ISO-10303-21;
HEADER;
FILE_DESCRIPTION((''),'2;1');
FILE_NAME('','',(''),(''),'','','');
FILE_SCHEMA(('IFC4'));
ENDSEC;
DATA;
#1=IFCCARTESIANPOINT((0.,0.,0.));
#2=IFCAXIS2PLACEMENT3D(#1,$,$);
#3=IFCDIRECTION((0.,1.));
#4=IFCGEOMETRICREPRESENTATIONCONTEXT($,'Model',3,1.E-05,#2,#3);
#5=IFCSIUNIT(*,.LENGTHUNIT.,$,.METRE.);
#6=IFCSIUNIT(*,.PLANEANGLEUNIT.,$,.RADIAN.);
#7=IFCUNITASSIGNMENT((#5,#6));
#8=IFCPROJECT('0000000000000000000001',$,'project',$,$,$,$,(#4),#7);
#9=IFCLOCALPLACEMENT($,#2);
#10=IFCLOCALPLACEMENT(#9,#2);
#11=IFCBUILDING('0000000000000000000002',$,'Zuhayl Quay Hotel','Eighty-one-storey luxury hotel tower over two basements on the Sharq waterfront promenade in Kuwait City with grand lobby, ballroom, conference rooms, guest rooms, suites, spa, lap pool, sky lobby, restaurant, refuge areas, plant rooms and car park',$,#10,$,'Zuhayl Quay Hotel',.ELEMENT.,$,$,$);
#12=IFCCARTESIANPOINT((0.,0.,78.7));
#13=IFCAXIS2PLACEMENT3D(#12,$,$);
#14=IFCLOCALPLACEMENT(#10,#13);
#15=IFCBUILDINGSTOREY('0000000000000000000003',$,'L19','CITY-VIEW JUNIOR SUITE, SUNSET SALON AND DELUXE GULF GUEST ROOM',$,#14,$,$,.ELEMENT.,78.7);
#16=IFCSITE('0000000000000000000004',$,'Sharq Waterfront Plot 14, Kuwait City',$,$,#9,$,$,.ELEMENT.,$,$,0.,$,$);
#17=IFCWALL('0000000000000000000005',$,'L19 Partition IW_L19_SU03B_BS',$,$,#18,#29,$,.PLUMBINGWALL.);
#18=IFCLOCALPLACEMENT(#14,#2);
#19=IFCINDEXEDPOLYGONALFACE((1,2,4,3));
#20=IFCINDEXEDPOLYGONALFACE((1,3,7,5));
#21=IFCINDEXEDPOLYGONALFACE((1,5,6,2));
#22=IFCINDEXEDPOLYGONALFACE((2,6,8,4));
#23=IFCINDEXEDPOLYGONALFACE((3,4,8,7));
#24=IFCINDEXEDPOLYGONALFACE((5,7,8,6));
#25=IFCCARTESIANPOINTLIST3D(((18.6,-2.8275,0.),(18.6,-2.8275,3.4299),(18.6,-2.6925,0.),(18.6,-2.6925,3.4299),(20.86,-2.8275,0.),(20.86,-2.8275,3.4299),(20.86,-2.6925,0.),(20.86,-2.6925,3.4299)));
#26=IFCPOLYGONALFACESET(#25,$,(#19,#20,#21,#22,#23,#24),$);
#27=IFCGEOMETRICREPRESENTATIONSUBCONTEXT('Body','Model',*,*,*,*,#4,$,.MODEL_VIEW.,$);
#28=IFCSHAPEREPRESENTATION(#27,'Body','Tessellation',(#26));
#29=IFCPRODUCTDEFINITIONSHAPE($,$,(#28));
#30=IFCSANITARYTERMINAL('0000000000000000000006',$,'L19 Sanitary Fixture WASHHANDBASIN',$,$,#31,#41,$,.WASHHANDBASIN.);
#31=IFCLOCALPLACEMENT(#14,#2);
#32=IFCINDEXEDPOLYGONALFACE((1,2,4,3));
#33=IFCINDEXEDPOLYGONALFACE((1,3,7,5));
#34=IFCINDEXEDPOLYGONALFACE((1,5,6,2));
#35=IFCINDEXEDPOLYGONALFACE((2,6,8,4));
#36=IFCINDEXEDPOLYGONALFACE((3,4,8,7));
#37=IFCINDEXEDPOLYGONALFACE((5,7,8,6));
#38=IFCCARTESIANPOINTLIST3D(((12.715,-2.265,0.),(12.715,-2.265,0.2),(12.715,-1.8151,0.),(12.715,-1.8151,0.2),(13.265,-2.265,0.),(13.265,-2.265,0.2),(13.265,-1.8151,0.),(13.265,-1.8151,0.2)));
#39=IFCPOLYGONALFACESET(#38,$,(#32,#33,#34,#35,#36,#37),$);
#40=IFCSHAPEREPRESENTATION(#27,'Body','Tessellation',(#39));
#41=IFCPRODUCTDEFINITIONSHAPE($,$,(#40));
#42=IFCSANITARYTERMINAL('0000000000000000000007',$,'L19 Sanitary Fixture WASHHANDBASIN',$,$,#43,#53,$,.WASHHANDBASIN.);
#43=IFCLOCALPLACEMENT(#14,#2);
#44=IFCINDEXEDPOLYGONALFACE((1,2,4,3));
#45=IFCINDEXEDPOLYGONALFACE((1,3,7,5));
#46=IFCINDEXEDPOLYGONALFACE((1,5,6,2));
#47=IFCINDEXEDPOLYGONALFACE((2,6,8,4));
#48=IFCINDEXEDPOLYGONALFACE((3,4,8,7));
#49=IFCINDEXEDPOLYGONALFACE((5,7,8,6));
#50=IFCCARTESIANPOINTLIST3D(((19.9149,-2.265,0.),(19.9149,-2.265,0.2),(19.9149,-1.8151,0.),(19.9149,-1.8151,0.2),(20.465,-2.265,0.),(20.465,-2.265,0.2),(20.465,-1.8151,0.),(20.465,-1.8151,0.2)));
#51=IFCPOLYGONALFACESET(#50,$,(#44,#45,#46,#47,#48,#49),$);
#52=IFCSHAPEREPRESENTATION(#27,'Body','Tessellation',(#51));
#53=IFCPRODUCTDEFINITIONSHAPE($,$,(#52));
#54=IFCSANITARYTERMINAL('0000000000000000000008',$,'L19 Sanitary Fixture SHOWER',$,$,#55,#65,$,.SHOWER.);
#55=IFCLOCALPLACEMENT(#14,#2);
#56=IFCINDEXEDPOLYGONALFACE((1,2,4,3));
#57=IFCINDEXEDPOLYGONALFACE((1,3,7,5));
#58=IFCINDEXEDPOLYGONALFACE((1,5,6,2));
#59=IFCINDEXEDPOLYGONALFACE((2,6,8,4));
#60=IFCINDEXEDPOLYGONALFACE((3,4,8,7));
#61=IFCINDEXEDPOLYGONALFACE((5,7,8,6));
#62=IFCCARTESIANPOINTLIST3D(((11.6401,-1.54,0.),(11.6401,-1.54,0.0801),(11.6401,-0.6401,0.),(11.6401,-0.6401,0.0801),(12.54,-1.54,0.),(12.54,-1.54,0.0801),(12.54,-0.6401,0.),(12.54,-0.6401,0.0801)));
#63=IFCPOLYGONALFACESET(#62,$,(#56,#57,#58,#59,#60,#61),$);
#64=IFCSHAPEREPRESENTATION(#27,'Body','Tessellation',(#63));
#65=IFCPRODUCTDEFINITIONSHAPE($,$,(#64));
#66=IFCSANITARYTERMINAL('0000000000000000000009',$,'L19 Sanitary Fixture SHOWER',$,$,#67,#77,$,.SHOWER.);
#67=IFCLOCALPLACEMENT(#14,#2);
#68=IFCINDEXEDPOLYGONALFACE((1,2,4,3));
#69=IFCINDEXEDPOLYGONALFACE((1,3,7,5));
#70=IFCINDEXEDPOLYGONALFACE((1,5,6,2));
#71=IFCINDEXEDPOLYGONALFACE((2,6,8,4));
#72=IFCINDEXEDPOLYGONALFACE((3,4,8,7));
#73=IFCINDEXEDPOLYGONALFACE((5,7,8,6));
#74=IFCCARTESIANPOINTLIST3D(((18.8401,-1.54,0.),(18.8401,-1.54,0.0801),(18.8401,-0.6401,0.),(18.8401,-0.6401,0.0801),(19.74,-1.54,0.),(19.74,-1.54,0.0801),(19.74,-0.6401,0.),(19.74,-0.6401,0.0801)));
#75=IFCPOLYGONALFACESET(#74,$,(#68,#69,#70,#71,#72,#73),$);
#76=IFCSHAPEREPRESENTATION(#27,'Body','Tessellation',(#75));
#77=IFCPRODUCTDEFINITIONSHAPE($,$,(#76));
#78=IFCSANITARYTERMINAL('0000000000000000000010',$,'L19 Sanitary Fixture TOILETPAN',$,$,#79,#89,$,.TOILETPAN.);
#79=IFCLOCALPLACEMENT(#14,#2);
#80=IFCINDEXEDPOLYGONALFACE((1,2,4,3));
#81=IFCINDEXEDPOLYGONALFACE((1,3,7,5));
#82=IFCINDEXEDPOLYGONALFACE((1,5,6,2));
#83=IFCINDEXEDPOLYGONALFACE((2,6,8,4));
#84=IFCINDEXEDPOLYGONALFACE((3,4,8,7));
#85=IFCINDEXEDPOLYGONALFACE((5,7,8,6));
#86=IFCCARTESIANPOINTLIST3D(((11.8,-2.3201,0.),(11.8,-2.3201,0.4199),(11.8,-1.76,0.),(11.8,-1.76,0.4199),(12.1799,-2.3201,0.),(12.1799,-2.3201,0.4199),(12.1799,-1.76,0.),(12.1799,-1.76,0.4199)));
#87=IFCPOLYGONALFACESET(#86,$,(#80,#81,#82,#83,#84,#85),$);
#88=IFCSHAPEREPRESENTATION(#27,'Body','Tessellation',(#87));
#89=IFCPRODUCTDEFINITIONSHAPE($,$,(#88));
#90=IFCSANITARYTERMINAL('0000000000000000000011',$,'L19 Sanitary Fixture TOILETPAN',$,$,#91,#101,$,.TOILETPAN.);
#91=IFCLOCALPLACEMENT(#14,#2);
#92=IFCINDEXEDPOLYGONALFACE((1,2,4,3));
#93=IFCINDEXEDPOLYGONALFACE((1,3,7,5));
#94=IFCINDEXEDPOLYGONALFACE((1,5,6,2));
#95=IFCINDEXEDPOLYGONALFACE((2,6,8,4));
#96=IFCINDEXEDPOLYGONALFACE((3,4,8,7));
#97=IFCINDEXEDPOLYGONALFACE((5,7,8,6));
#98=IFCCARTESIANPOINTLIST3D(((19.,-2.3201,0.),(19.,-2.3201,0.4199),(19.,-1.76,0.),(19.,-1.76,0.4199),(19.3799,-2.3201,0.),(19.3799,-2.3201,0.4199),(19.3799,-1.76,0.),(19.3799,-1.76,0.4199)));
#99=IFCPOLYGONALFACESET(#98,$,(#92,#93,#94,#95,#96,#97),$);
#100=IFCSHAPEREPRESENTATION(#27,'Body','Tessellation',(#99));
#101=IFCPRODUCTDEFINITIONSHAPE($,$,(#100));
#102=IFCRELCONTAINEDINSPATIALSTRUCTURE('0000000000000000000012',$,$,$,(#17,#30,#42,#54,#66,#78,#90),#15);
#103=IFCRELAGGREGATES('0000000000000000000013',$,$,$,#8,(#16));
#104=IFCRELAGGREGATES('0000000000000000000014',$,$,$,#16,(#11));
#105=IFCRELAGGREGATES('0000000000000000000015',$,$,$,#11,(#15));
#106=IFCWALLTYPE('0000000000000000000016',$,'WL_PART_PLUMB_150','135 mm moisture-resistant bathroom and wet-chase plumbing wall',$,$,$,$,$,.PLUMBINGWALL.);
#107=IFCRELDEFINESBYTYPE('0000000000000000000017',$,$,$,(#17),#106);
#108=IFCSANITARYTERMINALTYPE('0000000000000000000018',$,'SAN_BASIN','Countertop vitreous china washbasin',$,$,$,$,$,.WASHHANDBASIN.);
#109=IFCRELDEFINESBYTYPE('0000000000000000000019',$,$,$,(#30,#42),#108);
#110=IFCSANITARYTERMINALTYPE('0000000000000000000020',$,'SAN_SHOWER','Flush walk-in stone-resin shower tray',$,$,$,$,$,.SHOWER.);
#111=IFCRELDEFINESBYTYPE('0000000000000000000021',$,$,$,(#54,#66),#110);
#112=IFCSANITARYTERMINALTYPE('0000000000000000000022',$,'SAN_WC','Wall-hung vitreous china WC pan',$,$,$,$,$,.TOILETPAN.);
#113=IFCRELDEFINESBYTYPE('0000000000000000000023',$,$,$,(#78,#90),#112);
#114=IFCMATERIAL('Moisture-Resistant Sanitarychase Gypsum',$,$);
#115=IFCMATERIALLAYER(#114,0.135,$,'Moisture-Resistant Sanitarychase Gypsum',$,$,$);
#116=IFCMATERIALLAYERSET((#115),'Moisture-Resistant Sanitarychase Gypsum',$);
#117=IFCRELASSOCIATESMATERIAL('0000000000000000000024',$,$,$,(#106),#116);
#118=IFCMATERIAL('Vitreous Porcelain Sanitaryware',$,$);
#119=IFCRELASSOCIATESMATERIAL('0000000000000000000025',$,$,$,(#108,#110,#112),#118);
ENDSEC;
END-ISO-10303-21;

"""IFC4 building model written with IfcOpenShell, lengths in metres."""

from ifc_helpers import new_model, si_unit, direction, frame, frame_2d, origin, origin_2d, place, context, subcontext, project, spatial, rectangle, extrude, material, layer, layer_set, type_object, element, save


model = new_model("IFC4")

# Units and contexts
model_context = context("Model", 3, precision=1e-05, world=origin(), true_north=direction((0.0, 1.0)))
body_context = subcontext(model_context, "Body", "Model", "MODEL_VIEW")
ifc_project = project(units=[si_unit("LENGTHUNIT", "METRE"), si_unit("PLANEANGLEUNIT", "RADIAN")], contexts=[model_context])

# Site, building, storey
site_placement = place(None, origin())
site = spatial("IfcSite", under=ifc_project, at=site_placement, Name="Sharq Waterfront Plot 14, Kuwait City", CompositionType="ELEMENT", RefElevation=0.0)
building_placement = place(site_placement, origin())
building = spatial("IfcBuilding", under=site, at=building_placement, Name="Zuhayl Quay Hotel", Description="Eighty-one-storey luxury hotel tower over two basements on the Sharq waterfront promenade in Kuwait City with grand lobby, ballroom, conference rooms, guest rooms, suites, spa, lap pool, sky lobby, restaurant, refuge areas, plant rooms and car park", LongName="Zuhayl Quay Hotel", CompositionType="ELEMENT")
storey_placement = place(building_placement, frame((0.0, 0.0, 78.7)))
storey = spatial("IfcBuildingStorey", under=building, at=storey_placement, Name="L19", Description="CITY-VIEW JUNIOR SUITE, SUNSET SALON AND DELUXE GULF GUEST ROOM", CompositionType="ELEMENT", Elevation=78.7)

# Shared definitions
ifc_material_1 = material(Name="Moisture-Resistant Sanitarychase Gypsum")
ifc_layer_1 = layer(ifc_material_1, 0.135, Name="Moisture-Resistant Sanitarychase Gypsum")
ifc_layer_set_1 = layer_set([ifc_layer_1], Name="Moisture-Resistant Sanitarychase Gypsum")
wall_type_1 = type_object("IfcWallType", Name="WL_PART_PLUMB_150", Description="135 mm moisture-resistant bathroom and wet-chase plumbing wall", PredefinedType="PLUMBINGWALL", material=ifc_layer_set_1)

# Wall
for number, where, z_axis, x_axis, name in (
    (1, (18.6001, -2.76, 0.0), (0.0, 0.0, 1.0), (1.0, 0.0, 0.0), "L19 Partition IW_L19_SU03B_BS"),
):
    element("IfcWall", number, at=place(storey_placement, frame(where, z_axis=z_axis, x_axis=x_axis)), inside=storey, type_object=wall_type_1, Name=name, PredefinedType="PLUMBINGWALL", context=body_context, shape_type="SweptSolid", body=[
        extrude(rectangle(XDim=2.26, YDim=0.135, at=frame_2d((1.1299, 0.0))), origin(), (0.0, 0.0, 1.0), 3.4299),
    ])

# Sanitary terminals
ifc_material_2 = material(Name="Vitreous Porcelain Sanitaryware")
sanitary_terminal_type_1 = type_object("IfcSanitaryTerminalType", Name="SAN_BASIN", Description="Countertop vitreous china washbasin", PredefinedType="WASHHANDBASIN", material=ifc_material_2)
for number, where, z_axis, x_axis, name in (
    (2, (12.99, -2.04, 0.0), (0.0, 0.0, 1.0), (1.0, 0.0, 0.0), "L19 Sanitary Fixture WASHHANDBASIN"),
    (3, (20.1899, -2.04, 0.0), (0.0, 0.0, 1.0), (1.0, 0.0, 0.0), "L19 Sanitary Fixture WASHHANDBASIN"),
):
    element("IfcSanitaryTerminal", number, at=place(storey_placement, frame(where, z_axis=z_axis, x_axis=x_axis)), inside=storey, type_object=sanitary_terminal_type_1, Name=name, PredefinedType="WASHHANDBASIN", context=body_context, shape_type="SweptSolid", body=[
        extrude(rectangle(XDim=0.55, YDim=0.45, at=origin_2d()), origin(), (0.0, 0.0, 1.0), 0.2),
    ])
sanitary_terminal_type_2 = type_object("IfcSanitaryTerminalType", Name="SAN_SHOWER", Description="Flush walk-in stone-resin shower tray", PredefinedType="SHOWER", material=ifc_material_2)
for number, where, z_axis, x_axis, name in (
    (4, (12.0901, -1.0901, 0.0), (0.0, 0.0, 1.0), (1.0, 0.0, 0.0), "L19 Sanitary Fixture SHOWER"),
    (5, (19.29, -1.0901, 0.0), (0.0, 0.0, 1.0), (1.0, 0.0, 0.0), "L19 Sanitary Fixture SHOWER"),
):
    element("IfcSanitaryTerminal", number, at=place(storey_placement, frame(where, z_axis=z_axis, x_axis=x_axis)), inside=storey, type_object=sanitary_terminal_type_2, Name=name, PredefinedType="SHOWER", context=body_context, shape_type="SweptSolid", body=[
        extrude(rectangle(XDim=0.8999, YDim=0.8999, at=origin_2d()), origin(), (0.0, 0.0, 1.0), 0.0801),
    ])
sanitary_terminal_type_3 = type_object("IfcSanitaryTerminalType", Name="SAN_WC", Description="Wall-hung vitreous china WC pan", PredefinedType="TOILETPAN", material=ifc_material_2)
for number, where, z_axis, x_axis, name in (
    (6, (11.99, -2.04, 0.0), (0.0, 0.0, 1.0), (1.0, 0.0, 0.0), "L19 Sanitary Fixture TOILETPAN"),
    (7, (19.1899, -2.04, 0.0), (0.0, 0.0, 1.0), (1.0, 0.0, 0.0), "L19 Sanitary Fixture TOILETPAN"),
):
    element("IfcSanitaryTerminal", number, at=place(storey_placement, frame(where, z_axis=z_axis, x_axis=x_axis)), inside=storey, type_object=sanitary_terminal_type_3, Name=name, PredefinedType="TOILETPAN", context=body_context, shape_type="SweptSolid", body=[
        extrude(rectangle(XDim=0.3799, YDim=0.5601, at=origin_2d()), origin(), (0.0, 0.0, 1.0), 0.4199),
    ])

save(model, "model.ifc")
